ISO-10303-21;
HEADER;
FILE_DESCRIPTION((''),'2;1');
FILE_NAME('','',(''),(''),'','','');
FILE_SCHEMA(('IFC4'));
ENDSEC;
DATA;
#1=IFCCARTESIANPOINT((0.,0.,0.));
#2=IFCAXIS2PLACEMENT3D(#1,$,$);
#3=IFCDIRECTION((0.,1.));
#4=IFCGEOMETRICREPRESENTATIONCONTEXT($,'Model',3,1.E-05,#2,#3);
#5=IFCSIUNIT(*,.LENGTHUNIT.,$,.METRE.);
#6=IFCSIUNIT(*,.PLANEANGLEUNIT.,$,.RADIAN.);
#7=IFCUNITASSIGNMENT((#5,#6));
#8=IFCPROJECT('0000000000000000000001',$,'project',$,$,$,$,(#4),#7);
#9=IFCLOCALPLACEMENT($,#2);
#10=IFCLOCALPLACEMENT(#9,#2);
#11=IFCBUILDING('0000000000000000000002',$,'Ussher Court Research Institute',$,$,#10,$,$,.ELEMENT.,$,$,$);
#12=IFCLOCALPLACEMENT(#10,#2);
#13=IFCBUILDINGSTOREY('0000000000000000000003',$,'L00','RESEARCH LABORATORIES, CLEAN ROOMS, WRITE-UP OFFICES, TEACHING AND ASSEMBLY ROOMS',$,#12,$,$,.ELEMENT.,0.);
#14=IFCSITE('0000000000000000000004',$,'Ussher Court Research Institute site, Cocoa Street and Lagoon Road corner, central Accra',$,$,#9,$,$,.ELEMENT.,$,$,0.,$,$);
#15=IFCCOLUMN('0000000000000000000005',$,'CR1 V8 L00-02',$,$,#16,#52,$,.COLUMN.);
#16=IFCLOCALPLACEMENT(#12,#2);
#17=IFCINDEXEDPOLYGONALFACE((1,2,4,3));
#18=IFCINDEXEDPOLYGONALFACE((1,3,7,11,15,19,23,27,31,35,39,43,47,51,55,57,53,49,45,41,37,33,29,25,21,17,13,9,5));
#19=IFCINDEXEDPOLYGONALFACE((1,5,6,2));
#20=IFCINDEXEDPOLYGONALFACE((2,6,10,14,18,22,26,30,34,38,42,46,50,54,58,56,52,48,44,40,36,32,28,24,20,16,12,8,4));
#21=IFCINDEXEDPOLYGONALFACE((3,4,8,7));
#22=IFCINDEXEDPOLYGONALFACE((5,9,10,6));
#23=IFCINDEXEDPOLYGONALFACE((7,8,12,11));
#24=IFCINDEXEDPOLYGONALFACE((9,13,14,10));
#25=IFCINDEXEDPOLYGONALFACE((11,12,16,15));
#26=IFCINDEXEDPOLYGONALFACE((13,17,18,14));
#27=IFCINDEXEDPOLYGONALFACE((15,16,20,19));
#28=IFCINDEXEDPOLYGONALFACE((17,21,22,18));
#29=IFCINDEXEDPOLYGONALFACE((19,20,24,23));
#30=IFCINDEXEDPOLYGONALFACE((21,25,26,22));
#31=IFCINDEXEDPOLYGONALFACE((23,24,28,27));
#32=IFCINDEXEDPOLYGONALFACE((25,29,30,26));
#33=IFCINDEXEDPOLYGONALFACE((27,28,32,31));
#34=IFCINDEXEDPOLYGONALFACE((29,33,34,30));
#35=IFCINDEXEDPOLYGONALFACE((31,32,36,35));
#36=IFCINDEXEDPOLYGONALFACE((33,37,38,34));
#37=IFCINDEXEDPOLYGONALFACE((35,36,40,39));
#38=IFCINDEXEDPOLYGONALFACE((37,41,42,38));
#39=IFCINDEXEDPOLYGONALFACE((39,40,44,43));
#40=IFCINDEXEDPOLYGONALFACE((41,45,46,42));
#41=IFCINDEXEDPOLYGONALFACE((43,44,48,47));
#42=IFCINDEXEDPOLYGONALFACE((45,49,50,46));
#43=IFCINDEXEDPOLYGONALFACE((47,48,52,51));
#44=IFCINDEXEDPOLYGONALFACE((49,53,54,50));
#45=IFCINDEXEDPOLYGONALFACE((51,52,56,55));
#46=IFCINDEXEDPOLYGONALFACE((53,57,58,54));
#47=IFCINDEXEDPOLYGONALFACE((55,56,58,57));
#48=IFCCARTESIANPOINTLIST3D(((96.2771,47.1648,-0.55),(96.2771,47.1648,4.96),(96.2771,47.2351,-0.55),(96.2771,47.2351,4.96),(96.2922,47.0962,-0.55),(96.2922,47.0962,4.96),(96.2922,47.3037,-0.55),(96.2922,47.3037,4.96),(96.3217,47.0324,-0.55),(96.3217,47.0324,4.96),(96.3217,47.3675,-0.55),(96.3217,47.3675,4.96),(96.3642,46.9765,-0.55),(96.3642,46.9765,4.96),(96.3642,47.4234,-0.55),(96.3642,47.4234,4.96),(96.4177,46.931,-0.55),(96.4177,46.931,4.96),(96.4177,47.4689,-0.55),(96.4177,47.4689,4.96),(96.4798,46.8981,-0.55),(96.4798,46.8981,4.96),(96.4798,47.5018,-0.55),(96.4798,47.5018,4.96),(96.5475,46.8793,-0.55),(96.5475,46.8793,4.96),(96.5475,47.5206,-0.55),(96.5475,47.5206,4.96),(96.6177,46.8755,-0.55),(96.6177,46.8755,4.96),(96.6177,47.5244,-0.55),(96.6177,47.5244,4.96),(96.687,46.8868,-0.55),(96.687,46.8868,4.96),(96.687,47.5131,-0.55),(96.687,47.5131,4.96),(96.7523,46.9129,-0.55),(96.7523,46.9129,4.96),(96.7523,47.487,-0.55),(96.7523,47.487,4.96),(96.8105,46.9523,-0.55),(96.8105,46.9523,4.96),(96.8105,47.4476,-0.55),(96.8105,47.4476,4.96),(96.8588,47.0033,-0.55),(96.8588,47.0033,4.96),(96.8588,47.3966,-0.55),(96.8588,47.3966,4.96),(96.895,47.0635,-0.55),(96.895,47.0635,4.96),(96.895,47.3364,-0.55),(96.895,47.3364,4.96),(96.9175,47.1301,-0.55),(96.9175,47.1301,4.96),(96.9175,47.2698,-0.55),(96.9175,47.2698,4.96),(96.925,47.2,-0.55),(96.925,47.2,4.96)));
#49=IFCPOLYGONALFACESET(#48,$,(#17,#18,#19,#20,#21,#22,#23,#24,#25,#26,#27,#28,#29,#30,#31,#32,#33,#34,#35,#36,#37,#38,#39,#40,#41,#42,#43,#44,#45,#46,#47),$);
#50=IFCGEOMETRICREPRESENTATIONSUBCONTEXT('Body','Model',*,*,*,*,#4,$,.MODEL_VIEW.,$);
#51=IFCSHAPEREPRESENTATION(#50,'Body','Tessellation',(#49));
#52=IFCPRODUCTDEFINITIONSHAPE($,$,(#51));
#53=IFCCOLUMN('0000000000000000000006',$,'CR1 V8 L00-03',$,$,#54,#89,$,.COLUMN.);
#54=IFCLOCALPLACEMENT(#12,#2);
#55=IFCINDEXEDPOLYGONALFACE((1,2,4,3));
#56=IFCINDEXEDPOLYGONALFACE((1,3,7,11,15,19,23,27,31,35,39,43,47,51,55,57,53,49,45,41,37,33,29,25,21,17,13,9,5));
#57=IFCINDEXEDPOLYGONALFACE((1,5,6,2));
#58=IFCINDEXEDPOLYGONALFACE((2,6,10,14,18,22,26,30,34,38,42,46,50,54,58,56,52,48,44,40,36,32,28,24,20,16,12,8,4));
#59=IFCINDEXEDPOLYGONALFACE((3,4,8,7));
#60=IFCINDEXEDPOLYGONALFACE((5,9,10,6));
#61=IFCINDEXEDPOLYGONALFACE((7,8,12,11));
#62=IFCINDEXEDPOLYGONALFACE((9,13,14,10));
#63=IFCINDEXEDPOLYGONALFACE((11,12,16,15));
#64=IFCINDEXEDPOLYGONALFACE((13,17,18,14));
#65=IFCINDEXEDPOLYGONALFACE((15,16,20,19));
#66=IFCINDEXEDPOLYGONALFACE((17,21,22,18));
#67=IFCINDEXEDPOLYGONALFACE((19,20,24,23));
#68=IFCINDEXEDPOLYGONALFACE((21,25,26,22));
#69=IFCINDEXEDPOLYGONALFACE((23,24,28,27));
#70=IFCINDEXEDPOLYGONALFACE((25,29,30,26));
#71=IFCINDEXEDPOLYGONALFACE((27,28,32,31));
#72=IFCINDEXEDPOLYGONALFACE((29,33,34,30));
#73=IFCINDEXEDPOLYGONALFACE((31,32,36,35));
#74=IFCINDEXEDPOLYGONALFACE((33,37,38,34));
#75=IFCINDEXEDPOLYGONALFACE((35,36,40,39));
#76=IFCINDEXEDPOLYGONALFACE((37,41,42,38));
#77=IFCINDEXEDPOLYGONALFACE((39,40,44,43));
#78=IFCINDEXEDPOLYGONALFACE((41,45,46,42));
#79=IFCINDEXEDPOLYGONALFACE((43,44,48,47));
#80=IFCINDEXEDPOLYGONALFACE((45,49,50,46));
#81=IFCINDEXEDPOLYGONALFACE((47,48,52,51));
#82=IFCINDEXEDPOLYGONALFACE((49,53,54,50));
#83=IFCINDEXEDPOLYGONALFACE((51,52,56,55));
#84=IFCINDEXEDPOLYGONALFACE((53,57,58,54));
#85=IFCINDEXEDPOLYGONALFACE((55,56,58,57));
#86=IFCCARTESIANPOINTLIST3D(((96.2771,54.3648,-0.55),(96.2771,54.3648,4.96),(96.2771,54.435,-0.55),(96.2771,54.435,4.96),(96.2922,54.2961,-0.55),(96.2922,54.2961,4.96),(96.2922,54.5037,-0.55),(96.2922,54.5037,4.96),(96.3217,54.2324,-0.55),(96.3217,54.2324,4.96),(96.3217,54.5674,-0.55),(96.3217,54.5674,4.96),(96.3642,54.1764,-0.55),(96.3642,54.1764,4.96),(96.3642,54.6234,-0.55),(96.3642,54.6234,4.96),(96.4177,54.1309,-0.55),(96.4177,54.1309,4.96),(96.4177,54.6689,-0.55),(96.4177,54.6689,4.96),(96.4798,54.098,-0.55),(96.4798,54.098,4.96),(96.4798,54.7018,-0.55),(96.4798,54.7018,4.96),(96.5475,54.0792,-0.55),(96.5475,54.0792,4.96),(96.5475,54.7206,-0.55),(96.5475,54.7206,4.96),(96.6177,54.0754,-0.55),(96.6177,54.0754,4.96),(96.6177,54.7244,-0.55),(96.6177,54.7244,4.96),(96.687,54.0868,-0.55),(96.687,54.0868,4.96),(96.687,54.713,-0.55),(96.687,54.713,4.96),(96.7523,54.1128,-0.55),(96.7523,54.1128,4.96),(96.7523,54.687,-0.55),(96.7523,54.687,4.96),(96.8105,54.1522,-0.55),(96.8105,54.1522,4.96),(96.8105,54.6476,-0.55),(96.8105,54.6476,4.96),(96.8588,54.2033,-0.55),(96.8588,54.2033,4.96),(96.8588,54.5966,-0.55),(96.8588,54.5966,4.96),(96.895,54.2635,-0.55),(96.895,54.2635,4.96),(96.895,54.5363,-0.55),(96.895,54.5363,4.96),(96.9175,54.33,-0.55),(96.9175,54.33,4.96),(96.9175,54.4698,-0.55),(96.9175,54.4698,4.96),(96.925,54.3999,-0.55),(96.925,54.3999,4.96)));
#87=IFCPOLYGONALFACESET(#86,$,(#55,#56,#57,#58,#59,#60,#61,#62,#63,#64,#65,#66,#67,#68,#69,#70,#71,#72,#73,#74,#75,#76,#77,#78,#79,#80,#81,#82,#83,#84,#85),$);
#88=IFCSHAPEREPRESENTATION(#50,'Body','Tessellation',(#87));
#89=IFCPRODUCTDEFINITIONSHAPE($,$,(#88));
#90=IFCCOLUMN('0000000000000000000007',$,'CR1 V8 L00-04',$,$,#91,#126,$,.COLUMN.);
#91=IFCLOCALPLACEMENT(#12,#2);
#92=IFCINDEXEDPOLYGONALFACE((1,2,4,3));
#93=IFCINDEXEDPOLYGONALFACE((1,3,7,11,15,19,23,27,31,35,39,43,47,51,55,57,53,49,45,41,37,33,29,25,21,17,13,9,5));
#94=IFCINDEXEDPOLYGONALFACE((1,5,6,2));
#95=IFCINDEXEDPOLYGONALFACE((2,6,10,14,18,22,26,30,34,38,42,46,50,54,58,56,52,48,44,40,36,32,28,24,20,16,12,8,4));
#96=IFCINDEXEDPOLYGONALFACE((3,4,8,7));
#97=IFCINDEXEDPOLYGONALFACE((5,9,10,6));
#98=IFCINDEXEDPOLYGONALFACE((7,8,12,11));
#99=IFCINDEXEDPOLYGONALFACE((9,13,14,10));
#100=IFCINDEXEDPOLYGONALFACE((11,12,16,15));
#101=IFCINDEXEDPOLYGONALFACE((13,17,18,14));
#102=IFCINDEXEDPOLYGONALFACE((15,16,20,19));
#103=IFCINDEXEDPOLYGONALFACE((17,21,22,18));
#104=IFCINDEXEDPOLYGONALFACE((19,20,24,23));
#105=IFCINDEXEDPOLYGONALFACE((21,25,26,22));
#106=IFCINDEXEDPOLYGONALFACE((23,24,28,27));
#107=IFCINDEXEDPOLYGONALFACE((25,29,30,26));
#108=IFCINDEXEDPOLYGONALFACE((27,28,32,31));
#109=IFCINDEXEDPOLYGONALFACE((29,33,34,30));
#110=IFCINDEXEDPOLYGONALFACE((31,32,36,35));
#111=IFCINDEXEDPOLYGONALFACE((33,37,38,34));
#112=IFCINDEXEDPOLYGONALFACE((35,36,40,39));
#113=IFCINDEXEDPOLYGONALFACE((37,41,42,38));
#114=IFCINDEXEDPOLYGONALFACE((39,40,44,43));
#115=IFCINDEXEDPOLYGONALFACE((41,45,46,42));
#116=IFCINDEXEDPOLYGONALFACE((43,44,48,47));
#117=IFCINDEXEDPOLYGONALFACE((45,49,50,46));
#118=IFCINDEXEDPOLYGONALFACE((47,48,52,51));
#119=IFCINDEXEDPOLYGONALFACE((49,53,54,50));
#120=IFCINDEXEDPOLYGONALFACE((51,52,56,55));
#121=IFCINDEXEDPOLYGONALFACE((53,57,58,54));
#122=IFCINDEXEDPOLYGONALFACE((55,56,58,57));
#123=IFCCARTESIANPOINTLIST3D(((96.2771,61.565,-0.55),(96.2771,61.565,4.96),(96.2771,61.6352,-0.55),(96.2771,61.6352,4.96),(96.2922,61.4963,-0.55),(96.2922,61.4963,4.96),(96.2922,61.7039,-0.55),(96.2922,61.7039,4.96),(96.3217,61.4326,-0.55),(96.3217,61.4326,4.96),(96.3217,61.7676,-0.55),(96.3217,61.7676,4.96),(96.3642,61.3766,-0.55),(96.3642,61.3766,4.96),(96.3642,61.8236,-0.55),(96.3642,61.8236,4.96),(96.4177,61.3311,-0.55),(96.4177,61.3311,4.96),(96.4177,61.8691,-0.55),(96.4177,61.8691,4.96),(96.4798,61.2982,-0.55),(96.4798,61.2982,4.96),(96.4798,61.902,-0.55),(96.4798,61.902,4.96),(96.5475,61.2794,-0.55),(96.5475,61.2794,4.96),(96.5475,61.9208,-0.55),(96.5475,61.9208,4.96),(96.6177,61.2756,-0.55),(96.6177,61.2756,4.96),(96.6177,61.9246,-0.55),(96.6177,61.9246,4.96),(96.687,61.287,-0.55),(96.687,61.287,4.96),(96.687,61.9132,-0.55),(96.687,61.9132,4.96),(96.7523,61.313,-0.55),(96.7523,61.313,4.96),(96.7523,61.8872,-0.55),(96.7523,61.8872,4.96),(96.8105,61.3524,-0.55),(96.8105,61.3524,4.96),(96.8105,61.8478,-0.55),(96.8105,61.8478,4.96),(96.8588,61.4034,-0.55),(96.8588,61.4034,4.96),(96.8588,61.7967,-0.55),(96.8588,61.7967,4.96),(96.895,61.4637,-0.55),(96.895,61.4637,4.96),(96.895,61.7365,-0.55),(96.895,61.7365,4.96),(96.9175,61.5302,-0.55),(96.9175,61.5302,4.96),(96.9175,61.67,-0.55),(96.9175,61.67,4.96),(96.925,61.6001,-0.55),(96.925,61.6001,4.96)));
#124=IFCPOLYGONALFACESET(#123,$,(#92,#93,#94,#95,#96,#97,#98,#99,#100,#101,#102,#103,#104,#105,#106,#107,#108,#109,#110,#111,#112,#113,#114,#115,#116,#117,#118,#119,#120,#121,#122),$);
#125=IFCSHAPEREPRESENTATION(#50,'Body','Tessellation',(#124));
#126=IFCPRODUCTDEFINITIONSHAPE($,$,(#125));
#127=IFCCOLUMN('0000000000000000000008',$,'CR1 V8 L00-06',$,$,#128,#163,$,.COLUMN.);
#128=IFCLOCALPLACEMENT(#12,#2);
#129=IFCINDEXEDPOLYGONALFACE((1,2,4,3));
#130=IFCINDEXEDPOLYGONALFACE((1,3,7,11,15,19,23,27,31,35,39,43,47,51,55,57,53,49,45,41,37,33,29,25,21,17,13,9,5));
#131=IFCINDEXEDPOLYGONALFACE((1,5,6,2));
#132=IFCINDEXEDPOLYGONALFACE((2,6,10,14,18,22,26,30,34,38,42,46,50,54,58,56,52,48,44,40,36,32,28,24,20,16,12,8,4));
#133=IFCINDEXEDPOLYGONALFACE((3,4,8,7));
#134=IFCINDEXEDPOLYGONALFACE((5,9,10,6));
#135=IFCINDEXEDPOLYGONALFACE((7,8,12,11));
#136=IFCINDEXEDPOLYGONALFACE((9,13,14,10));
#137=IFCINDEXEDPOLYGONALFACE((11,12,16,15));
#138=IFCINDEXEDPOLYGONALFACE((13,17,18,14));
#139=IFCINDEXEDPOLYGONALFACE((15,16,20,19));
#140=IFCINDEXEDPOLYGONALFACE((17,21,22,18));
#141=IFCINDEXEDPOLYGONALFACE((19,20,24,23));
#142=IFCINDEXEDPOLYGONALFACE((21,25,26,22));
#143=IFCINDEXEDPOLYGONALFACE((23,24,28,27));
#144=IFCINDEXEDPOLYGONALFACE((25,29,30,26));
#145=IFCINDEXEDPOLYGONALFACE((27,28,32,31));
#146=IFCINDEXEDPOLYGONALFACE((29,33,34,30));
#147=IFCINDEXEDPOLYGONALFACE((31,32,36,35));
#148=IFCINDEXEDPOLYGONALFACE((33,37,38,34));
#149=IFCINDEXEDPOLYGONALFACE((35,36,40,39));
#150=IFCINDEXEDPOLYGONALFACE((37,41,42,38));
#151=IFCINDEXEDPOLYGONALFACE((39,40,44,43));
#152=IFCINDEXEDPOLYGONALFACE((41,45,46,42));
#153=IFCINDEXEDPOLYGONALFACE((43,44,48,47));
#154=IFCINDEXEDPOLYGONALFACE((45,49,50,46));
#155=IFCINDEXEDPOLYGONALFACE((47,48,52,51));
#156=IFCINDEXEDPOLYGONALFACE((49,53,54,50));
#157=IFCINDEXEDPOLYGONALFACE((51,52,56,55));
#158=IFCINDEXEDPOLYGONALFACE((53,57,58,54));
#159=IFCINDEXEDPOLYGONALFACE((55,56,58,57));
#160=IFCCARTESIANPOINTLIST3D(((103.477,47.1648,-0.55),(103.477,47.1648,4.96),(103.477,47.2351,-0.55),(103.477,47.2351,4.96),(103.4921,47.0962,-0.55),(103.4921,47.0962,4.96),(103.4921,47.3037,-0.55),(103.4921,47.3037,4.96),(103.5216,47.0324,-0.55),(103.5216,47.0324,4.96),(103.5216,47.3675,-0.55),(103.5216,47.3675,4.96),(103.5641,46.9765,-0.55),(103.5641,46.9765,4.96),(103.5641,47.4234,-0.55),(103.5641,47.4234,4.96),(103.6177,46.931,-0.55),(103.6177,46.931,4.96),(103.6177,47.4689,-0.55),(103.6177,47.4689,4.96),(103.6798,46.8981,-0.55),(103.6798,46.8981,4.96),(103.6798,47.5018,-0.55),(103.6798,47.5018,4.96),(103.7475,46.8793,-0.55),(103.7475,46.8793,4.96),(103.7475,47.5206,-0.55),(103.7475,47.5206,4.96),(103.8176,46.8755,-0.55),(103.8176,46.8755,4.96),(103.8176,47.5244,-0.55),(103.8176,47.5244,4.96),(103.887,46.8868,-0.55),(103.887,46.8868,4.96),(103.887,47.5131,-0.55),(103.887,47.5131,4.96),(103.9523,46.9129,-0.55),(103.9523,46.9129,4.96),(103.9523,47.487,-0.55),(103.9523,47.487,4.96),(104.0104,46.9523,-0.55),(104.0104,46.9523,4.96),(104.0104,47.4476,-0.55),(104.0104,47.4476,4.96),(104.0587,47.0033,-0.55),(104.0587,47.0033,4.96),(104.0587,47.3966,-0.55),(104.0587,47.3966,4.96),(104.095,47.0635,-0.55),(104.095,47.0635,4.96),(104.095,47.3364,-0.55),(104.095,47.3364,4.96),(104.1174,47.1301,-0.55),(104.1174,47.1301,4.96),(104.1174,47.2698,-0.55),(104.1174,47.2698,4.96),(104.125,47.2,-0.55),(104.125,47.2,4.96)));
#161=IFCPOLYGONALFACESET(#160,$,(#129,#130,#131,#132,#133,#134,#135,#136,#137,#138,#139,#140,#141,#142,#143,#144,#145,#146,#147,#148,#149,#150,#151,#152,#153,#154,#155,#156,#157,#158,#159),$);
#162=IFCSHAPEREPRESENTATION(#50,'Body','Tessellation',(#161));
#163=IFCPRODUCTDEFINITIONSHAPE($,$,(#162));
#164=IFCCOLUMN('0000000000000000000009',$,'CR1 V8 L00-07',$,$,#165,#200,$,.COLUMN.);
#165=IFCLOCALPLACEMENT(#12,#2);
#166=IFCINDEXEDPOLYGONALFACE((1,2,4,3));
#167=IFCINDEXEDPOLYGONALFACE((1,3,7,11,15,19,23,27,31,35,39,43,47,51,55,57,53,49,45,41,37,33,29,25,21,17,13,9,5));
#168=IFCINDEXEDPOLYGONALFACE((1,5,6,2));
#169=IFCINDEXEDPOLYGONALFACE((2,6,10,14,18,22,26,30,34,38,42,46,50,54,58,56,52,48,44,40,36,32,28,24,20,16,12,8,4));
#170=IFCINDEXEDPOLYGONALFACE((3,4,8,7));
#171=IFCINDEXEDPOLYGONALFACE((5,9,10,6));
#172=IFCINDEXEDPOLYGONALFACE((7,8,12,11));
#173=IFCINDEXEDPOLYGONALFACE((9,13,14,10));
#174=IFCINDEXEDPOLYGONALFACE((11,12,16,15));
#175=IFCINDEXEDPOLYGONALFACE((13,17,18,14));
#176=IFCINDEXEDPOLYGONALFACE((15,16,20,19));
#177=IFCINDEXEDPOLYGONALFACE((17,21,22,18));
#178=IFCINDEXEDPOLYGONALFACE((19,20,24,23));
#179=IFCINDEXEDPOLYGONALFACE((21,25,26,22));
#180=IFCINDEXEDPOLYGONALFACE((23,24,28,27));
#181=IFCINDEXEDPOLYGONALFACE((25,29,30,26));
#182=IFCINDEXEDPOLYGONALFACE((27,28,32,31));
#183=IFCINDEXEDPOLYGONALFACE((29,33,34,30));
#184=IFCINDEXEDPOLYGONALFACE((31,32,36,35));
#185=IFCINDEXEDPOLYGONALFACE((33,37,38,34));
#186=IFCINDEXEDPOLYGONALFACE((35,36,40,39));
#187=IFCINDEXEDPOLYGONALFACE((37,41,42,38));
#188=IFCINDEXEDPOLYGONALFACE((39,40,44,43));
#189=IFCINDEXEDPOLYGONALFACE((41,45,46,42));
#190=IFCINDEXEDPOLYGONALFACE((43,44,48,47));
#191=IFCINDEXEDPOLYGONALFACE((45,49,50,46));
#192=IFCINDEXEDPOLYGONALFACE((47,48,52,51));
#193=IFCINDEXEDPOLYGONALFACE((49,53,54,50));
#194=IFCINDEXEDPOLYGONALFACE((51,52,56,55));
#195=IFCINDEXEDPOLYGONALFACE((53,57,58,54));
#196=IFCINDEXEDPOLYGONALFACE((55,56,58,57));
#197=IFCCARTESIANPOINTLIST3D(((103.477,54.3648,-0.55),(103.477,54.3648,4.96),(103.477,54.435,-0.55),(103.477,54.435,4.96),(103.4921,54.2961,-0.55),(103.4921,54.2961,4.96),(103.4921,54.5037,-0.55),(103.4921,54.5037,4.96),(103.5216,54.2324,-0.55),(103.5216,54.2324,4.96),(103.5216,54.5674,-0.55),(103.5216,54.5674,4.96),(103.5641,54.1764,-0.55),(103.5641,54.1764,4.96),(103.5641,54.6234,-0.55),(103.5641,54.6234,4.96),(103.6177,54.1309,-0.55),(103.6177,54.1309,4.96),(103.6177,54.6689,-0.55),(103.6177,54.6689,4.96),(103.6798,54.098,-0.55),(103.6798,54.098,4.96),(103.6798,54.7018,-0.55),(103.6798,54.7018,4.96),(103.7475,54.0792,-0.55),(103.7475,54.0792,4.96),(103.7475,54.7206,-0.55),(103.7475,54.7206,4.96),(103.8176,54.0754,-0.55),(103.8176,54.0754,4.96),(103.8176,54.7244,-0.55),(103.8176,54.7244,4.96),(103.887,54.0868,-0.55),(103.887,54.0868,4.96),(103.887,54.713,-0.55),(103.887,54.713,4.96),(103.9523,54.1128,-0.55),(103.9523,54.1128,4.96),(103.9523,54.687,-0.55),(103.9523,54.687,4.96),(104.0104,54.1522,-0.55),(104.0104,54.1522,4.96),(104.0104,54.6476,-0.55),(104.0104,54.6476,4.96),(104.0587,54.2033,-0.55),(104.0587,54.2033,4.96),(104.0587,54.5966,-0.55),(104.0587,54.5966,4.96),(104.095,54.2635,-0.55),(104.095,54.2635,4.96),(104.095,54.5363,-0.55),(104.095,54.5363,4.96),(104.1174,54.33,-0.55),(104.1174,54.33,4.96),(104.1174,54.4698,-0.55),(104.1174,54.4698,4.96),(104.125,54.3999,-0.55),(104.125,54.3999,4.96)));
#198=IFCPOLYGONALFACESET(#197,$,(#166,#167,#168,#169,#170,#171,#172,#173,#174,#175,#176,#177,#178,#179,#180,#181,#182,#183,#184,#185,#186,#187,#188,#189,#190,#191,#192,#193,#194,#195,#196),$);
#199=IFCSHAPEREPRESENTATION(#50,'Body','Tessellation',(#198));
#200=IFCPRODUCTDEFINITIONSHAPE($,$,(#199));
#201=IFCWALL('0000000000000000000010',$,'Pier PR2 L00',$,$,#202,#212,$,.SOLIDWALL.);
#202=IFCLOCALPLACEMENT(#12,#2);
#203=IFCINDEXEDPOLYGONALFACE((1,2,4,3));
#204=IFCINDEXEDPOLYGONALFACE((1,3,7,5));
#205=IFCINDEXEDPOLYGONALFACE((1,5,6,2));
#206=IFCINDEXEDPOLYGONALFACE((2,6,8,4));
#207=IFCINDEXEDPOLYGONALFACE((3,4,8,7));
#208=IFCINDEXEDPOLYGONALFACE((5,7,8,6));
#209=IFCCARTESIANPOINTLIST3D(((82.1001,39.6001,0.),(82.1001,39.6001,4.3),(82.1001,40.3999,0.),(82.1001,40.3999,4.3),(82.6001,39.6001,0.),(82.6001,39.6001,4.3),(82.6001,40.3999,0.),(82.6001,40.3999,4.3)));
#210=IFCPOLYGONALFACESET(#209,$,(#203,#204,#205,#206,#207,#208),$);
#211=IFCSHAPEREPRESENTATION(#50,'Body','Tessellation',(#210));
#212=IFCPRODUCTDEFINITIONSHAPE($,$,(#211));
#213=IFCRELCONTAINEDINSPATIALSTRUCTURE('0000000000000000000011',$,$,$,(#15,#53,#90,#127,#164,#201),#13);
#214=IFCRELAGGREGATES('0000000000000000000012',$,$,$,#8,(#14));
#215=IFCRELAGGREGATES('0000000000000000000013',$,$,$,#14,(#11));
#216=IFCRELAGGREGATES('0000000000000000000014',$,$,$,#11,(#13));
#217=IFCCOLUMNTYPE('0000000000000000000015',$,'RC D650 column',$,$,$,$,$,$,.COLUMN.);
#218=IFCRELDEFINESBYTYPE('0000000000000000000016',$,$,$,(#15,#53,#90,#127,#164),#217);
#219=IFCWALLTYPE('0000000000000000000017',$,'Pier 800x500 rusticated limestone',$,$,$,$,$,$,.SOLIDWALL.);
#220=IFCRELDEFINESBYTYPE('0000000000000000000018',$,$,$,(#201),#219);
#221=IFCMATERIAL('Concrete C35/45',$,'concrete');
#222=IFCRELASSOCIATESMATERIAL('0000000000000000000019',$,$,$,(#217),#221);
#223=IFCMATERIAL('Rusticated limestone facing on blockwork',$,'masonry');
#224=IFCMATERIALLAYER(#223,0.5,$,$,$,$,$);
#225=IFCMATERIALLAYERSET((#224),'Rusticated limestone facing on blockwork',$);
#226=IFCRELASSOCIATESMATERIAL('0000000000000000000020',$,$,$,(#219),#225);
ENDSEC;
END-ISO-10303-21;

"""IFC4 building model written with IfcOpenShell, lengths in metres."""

from ifc_helpers import new_model, si_unit, direction, frame, frame_2d, origin, origin_2d, place, context, subcontext, project, spatial, rectangle, circle, extrude, material, layer, layer_set, material_profile, profile_set, type_object, element, save


model = new_model("IFC4")

# Units and contexts
model_context = context("Model", 3, precision=1e-05, world=origin(), true_north=direction((0.0, 1.0)))
body_context = subcontext(model_context, "Body", "Model", "MODEL_VIEW")
ifc_project = project(units=[si_unit("LENGTHUNIT", "METRE"), si_unit("PLANEANGLEUNIT", "RADIAN")], contexts=[model_context])

# Site, building, storey
site_placement = place(None, origin())
site = spatial("IfcSite", under=ifc_project, at=site_placement, Name="Ussher Court Research Institute site, Cocoa Street and Lagoon Road corner, central Accra", CompositionType="ELEMENT", RefElevation=0.0)
building_placement = place(site_placement, origin())
building = spatial("IfcBuilding", under=site, at=building_placement, Name="Ussher Court Research Institute", CompositionType="ELEMENT")
storey_placement = place(building_placement, origin())
storey = spatial("IfcBuildingStorey", under=building, at=storey_placement, Name="L00", Description="RESEARCH LABORATORIES, CLEAN ROOMS, WRITE-UP OFFICES, TEACHING AND ASSEMBLY ROOMS", CompositionType="ELEMENT", Elevation=0.0)

# Columns
ifc_material_1 = material(Name="Concrete C35/45", Category="concrete")
ifc_material_profile_1 = material_profile(ifc_material_1, circle(Radius=0.325, at=origin_2d()), Name="RC D650")
ifc_profile_set_1 = profile_set([ifc_material_profile_1], Name="Concrete C35/45")
column_type = type_object("IfcColumnType", Name="RC D650 column", PredefinedType="COLUMN", material=ifc_profile_set_1)
for number, where, z_axis, x_axis, name in (
    (1, (96.6001, 47.2, -0.55), (0.0, 0.0, 1.0), (1.0, 0.0, 0.0), "CR1 V8 L00-02"),
    (2, (96.6001, 54.3999, -0.55), (0.0, 0.0, 1.0), (1.0, 0.0, 0.0), "CR1 V8 L00-03"),
    (3, (96.6001, 61.6001, -0.55), (0.0, 0.0, 1.0), (1.0, 0.0, 0.0), "CR1 V8 L00-04"),
    (4, (103.8, 47.2, -0.55), (0.0, 0.0, 1.0), (1.0, 0.0, 0.0), "CR1 V8 L00-06"),
    (5, (103.8, 54.3999, -0.55), (0.0, 0.0, 1.0), (1.0, 0.0, 0.0), "CR1 V8 L00-07"),
):
    element("IfcColumn", number, at=place(storey_placement, frame(where, z_axis=z_axis, x_axis=x_axis)), inside=storey, type_object=column_type, Name=name, PredefinedType="COLUMN", context=body_context, shape_type="SweptSolid", body=[
        extrude(circle(Radius=0.325, at=origin_2d()), origin(), (0.0, 0.0, 1.0), 5.51),
    ])

# Wall
ifc_material_2 = material(Name="Rusticated limestone facing on blockwork", Category="masonry")
ifc_layer = layer(ifc_material_2, 0.5)
ifc_layer_set = layer_set([ifc_layer], Name="Rusticated limestone facing on blockwork")
wall_type = type_object("IfcWallType", Name="Pier 800x500 rusticated limestone", PredefinedType="SOLIDWALL", material=ifc_layer_set)
wall_placement = place(storey_placement, frame((82.3501, 40.3999, 0.0), z_axis=(0.0, 0.0, 1.0), x_axis=(0.0, -1.0, 0.0)))
element("IfcWall", 6, at=wall_placement, inside=storey, type_object=wall_type, Name="Pier PR2 L00", PredefinedType="SOLIDWALL", context=body_context, shape_type="SweptSolid", body=[
    extrude(rectangle(XDim=0.7998, YDim=0.5, at=frame_2d((0.3999, 0.0))), origin(), (0.0, 0.0, 1.0), 4.3),
])

save(model, "model.ifc")
